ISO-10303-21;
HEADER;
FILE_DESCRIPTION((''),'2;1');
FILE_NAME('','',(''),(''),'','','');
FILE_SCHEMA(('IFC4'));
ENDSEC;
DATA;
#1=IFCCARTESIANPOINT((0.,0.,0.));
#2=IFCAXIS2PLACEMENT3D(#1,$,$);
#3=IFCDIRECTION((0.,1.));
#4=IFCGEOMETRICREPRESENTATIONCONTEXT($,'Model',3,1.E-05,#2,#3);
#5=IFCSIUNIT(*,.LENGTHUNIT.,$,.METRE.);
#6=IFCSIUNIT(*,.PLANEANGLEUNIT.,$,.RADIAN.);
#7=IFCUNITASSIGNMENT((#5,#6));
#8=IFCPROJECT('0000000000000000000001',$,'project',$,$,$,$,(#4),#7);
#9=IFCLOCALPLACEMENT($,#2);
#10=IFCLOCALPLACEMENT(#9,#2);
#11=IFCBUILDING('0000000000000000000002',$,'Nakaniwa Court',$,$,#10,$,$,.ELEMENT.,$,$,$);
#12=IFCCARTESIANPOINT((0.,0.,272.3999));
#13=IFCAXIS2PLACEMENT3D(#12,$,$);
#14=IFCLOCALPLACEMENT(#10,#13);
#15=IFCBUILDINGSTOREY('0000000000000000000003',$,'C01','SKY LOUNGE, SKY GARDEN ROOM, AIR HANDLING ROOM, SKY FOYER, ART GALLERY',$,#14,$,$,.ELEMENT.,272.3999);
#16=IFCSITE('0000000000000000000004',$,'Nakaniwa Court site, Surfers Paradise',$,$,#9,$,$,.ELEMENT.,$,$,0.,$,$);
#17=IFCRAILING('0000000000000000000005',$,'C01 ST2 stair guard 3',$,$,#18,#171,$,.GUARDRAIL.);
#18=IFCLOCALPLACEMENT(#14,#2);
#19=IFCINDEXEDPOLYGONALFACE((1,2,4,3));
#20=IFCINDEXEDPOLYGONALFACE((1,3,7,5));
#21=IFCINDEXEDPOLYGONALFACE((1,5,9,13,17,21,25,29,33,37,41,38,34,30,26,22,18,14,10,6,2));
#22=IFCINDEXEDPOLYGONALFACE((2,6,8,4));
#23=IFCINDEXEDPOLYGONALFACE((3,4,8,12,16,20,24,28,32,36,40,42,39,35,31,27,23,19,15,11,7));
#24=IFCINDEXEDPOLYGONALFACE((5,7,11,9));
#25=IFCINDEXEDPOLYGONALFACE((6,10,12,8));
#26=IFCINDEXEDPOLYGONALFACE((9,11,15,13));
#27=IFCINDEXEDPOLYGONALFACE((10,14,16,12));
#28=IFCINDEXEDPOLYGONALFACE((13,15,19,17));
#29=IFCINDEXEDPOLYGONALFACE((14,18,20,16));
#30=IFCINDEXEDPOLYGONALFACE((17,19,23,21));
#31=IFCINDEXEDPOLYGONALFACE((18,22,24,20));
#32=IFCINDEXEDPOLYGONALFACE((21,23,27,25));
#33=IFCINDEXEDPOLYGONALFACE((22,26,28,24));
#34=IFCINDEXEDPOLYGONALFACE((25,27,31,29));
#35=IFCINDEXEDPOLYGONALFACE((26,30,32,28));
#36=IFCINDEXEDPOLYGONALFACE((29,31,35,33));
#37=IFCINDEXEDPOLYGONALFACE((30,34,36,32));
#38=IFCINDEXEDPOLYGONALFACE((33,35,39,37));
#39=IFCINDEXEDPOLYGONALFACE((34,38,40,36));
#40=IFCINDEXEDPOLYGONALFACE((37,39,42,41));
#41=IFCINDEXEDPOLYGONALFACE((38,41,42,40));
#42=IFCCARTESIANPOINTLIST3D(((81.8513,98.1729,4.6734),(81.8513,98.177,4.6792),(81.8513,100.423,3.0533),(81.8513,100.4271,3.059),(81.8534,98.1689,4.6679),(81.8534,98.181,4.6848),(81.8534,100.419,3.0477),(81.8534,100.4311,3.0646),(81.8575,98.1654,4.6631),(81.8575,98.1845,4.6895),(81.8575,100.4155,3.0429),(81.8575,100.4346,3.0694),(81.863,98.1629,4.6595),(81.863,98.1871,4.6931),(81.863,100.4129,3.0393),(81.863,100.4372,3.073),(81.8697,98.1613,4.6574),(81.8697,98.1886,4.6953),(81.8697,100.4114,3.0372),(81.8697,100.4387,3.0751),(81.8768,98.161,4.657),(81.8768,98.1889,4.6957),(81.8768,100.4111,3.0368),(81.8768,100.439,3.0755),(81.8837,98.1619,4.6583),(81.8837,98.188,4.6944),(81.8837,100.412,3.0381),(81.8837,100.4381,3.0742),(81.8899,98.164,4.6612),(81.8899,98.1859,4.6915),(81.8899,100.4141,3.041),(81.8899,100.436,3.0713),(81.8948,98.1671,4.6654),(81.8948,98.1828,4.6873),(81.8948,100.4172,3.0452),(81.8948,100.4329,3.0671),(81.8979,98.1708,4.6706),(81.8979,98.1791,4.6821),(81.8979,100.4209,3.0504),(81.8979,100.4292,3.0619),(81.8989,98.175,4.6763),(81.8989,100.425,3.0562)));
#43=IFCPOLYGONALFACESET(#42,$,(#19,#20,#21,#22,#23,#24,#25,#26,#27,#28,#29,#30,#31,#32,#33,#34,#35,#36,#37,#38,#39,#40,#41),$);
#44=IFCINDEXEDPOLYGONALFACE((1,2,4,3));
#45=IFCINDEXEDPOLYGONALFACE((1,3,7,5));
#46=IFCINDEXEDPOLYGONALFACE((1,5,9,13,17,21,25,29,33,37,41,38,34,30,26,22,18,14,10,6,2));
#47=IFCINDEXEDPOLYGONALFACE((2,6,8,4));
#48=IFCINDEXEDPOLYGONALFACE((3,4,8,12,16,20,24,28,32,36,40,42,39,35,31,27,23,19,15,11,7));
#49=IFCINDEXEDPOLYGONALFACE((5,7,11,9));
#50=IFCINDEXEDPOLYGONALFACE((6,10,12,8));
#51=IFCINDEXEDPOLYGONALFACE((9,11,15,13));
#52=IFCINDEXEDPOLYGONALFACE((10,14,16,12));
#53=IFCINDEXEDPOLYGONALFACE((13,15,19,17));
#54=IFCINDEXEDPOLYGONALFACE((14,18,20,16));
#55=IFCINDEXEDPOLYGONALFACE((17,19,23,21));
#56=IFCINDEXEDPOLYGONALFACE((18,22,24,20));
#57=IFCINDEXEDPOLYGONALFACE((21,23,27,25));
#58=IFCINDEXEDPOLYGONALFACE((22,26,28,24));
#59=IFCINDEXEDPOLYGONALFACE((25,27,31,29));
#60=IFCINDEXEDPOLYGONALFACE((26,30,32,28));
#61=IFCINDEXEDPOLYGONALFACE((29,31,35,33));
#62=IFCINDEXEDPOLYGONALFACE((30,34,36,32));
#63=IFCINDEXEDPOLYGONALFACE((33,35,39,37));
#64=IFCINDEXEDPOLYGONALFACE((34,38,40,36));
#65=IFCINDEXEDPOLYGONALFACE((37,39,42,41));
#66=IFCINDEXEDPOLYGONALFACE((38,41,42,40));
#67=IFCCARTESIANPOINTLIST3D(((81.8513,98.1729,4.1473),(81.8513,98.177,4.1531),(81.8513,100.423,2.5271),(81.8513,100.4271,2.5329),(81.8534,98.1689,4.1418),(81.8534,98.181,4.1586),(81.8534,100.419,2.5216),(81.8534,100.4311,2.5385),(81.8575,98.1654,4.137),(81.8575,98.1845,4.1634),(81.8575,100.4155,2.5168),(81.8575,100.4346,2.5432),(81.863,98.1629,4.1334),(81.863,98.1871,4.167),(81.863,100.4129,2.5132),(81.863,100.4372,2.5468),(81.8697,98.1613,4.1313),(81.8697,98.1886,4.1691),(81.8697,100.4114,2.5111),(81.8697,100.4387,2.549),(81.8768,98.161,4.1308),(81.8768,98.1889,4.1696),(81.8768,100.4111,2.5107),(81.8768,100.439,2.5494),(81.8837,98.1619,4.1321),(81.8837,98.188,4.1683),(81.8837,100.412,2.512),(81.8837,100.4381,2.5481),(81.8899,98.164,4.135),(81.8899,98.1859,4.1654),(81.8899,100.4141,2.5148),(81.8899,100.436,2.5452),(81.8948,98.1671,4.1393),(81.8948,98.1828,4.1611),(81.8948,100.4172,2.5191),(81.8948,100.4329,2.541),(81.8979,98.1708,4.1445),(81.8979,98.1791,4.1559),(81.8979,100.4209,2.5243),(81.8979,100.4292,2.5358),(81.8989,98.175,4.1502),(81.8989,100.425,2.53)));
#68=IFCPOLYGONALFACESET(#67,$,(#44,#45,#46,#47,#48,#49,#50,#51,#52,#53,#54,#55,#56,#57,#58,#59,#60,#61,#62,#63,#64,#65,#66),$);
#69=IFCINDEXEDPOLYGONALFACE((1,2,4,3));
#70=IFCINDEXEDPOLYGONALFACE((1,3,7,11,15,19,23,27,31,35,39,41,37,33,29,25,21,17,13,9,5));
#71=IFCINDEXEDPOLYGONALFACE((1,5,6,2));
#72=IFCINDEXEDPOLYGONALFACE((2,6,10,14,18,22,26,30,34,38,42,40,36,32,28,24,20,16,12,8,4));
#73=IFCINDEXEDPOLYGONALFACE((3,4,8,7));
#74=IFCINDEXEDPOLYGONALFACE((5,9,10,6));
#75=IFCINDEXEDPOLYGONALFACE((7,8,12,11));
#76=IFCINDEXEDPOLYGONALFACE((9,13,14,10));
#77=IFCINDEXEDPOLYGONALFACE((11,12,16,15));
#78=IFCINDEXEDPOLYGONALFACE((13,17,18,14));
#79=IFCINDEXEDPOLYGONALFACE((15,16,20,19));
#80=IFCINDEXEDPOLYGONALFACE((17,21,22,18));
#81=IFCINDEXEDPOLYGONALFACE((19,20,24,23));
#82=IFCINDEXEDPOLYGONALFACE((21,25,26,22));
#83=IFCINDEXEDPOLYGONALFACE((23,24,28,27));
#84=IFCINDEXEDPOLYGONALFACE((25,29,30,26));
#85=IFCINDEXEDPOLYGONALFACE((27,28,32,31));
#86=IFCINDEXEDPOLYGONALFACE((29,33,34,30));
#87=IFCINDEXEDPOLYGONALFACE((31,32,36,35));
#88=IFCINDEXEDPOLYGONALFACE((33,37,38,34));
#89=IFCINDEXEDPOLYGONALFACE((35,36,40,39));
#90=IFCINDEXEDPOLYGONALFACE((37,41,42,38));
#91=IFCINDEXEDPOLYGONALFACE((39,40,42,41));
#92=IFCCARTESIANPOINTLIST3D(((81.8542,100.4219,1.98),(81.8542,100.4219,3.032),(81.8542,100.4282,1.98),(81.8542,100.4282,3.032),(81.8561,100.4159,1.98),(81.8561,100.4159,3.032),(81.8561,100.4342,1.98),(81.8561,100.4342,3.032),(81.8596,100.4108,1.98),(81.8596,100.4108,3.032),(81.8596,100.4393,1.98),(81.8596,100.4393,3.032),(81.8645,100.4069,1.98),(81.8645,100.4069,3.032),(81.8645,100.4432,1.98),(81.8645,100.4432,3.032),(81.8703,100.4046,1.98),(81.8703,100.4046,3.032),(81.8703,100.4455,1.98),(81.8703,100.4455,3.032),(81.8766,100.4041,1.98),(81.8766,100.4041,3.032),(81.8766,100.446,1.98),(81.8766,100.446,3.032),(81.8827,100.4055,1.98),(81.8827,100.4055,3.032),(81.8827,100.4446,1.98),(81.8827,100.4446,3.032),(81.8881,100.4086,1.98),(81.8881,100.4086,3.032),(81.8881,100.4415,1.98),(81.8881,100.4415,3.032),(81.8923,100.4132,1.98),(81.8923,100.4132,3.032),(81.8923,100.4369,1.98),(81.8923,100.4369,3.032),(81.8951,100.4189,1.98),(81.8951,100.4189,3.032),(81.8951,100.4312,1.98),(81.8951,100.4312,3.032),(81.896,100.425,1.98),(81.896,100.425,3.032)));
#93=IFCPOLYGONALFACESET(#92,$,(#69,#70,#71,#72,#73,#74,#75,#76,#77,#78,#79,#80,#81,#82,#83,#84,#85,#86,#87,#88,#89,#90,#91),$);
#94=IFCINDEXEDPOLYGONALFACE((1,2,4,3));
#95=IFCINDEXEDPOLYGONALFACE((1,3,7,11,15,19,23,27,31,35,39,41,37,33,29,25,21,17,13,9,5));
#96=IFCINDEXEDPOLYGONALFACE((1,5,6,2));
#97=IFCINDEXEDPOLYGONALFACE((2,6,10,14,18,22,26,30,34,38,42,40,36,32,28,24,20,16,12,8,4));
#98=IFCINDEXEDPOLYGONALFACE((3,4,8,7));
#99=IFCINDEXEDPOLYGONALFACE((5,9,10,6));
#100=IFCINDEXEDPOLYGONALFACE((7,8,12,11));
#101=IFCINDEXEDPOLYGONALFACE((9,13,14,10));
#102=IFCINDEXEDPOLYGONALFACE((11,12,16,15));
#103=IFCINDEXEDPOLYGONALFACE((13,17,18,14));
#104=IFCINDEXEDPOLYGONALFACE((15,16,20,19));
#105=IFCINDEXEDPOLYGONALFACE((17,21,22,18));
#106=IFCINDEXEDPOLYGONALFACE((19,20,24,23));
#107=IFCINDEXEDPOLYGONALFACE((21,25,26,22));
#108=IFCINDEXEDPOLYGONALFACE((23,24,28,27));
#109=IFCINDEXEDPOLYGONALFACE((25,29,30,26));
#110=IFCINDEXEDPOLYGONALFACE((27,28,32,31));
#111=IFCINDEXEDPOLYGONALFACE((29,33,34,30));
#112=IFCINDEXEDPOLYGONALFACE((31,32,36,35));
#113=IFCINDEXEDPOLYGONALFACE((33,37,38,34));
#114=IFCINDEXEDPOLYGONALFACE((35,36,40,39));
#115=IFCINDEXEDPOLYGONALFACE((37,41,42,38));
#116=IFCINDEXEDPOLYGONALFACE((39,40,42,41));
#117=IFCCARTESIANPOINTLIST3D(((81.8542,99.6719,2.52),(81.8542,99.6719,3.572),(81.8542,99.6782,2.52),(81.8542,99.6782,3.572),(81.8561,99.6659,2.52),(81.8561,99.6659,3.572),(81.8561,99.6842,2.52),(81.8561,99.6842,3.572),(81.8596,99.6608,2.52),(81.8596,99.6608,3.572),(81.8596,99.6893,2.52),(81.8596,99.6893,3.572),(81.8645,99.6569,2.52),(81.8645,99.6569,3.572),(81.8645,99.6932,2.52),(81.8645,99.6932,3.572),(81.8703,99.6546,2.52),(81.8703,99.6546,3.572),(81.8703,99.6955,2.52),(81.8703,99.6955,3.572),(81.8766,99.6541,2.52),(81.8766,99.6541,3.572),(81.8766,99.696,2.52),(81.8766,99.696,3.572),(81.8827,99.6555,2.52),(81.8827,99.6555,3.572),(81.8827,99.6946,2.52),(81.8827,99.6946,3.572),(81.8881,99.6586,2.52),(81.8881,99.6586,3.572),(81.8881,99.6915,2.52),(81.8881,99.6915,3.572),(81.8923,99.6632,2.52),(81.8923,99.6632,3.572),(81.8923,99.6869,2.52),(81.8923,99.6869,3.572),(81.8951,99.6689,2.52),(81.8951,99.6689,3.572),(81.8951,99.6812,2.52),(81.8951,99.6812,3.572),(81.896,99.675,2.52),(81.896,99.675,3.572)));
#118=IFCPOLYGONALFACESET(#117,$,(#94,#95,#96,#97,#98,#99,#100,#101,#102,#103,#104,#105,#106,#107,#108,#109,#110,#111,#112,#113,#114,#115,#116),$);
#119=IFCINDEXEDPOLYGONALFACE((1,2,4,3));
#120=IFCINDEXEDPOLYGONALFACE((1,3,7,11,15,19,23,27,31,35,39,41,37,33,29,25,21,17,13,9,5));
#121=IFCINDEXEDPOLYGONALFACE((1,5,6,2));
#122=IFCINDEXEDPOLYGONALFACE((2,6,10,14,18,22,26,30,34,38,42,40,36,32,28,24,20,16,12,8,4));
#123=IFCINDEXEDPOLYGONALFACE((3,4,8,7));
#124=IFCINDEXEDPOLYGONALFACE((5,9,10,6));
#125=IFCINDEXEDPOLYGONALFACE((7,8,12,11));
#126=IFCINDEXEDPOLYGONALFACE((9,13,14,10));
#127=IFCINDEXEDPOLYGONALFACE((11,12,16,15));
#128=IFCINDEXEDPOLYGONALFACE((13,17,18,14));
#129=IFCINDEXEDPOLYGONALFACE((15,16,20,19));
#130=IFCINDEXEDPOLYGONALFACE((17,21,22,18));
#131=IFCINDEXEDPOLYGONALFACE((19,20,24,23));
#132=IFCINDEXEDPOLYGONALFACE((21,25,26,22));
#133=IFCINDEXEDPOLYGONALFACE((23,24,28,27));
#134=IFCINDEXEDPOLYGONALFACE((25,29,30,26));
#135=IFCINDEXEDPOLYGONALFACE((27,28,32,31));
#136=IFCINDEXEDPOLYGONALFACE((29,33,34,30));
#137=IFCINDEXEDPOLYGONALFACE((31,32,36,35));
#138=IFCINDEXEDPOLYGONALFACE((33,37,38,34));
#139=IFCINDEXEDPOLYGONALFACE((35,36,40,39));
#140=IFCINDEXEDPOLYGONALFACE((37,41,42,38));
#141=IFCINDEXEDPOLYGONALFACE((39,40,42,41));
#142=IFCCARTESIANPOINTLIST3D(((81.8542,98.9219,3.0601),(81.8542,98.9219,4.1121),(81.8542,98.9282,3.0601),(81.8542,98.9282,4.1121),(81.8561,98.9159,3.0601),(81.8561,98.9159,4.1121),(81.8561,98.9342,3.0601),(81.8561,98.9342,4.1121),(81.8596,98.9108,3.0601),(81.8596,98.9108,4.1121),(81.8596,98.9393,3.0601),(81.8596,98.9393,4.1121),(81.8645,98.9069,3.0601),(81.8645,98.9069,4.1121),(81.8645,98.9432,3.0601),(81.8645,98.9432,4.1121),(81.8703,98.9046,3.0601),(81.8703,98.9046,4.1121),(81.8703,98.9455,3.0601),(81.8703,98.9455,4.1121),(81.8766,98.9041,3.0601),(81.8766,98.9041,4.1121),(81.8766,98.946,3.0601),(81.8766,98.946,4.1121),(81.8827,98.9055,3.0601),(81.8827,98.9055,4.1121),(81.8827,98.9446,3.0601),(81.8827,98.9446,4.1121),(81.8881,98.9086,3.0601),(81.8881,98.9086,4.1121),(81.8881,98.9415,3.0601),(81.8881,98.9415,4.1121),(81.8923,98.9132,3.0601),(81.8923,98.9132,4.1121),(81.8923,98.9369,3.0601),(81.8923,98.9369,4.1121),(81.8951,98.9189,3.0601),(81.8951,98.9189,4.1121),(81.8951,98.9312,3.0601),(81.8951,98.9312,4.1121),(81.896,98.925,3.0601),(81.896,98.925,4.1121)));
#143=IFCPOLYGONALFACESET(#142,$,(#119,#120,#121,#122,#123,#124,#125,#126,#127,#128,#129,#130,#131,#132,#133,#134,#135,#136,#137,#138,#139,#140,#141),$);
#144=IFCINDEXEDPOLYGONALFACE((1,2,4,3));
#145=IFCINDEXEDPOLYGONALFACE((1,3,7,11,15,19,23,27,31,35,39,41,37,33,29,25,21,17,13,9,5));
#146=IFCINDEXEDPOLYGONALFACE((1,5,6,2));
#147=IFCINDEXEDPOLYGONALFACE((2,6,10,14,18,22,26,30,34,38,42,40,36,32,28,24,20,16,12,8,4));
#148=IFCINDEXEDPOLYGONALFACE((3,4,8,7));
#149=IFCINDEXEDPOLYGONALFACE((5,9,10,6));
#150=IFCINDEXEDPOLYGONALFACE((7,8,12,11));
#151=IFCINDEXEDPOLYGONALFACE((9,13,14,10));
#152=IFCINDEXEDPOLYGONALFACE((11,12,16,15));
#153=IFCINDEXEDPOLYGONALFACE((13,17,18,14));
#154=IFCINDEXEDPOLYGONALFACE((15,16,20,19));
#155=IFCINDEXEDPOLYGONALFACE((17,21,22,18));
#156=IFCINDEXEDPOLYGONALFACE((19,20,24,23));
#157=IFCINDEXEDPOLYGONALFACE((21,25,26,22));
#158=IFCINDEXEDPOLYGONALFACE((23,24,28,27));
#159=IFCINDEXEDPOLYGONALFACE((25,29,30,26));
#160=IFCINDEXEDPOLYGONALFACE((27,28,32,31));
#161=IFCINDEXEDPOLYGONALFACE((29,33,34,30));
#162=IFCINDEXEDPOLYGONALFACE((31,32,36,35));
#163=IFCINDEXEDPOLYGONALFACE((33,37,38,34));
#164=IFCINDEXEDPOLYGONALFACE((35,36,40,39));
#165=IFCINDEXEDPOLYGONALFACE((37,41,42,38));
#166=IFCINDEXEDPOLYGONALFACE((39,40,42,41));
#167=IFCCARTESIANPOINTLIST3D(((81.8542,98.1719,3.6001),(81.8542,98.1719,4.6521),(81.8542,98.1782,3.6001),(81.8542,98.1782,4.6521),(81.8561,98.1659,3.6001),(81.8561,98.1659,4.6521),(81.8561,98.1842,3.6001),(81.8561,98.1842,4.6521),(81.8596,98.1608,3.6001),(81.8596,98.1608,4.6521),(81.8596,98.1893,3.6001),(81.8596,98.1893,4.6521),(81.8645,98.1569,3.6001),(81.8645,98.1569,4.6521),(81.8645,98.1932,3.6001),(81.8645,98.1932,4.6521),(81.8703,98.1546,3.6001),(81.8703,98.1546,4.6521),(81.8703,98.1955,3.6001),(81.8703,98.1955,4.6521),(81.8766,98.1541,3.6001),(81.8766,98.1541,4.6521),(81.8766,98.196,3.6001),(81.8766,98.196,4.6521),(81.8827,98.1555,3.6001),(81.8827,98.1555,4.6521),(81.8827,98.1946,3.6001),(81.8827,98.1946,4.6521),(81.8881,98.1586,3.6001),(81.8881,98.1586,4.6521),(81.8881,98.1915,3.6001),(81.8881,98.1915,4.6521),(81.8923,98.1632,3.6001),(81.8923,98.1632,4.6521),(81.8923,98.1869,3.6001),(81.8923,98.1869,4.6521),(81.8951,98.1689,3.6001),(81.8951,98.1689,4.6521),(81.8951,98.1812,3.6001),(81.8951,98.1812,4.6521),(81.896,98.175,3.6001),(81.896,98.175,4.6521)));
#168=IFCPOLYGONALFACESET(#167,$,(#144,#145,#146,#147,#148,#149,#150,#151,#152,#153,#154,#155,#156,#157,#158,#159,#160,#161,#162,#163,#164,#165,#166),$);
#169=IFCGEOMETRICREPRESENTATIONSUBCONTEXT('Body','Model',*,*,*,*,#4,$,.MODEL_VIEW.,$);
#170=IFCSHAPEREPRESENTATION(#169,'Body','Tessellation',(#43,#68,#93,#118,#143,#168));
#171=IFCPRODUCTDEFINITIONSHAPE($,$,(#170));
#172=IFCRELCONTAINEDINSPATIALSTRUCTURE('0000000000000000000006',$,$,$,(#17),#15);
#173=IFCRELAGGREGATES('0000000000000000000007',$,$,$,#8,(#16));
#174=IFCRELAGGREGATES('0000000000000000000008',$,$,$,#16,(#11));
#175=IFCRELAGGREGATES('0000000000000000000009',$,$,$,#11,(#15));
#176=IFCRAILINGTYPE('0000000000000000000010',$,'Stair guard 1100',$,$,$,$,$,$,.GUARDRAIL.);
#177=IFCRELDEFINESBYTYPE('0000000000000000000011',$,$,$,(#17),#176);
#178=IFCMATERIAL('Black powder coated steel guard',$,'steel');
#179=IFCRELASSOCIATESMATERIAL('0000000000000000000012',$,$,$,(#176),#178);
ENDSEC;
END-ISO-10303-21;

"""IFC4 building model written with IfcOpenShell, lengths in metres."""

from ifc_helpers import new_model, si_unit, direction, frame, origin, origin_2d, place, context, subcontext, project, spatial, circle, extrude, material, type_object, element, save


model = new_model("IFC4")

# Units and contexts
model_context = context("Model", 3, precision=1e-05, world=origin(), true_north=direction((0.0, 1.0)))
body_context = subcontext(model_context, "Body", "Model", "MODEL_VIEW")
ifc_project = project(units=[si_unit("LENGTHUNIT", "METRE"), si_unit("PLANEANGLEUNIT", "RADIAN")], contexts=[model_context])

# Site, building, storey
site_placement = place(None, origin())
site = spatial("IfcSite", under=ifc_project, at=site_placement, Name="Nakaniwa Court site, Surfers Paradise", CompositionType="ELEMENT", RefElevation=0.0)
building_placement = place(site_placement, origin())
building = spatial("IfcBuilding", under=site, at=building_placement, Name="Nakaniwa Court", CompositionType="ELEMENT")
storey_placement = place(building_placement, frame((0.0, 0.0, 272.3999)))
storey = spatial("IfcBuildingStorey", under=building, at=storey_placement, Name="C01", Description="SKY LOUNGE, SKY GARDEN ROOM, AIR HANDLING ROOM, SKY FOYER, ART GALLERY", CompositionType="ELEMENT", Elevation=272.3999)

# Railing
ifc_material_1 = material(Name="Black powder coated steel guard", Category="steel")
railing_type_1 = type_object("IfcRailingType", Name="Stair guard 1100", PredefinedType="GUARDRAIL", material=ifc_material_1)
railing_1_placement = place(storey_placement, frame((81.875, 100.425, 1.98)))
element("IfcRailing", 1, at=railing_1_placement, inside=storey, type_object=railing_type_1, Name="C01 ST2 stair guard 3", PredefinedType="GUARDRAIL", context=body_context, shape_type="SweptSolid", body=[
    extrude(circle(Radius=0.0239, at=origin_2d()), frame((0.0, 0.0, 1.0762), z_axis=(0.0, -0.811514, 0.584333), x_axis=(1.0, 0.0, 0.0)), (0.0, 0.0, 1.0), 2.7727),
    extrude(circle(Radius=0.0239, at=origin_2d()), frame((0.0, 0.0, 0.55), z_axis=(0.0, -0.811514, 0.584333), x_axis=(1.0, 0.0, 0.0)), (0.0, 0.0, 1.0), 2.7727),
    extrude(circle(Radius=0.021, at=origin_2d()), origin(), (0.0, 0.0, 1.0), 1.052),
    extrude(circle(Radius=0.021, at=origin_2d()), frame((0.0, -0.75, 0.54)), (0.0, 0.0, 1.0), 1.052),
    extrude(circle(Radius=0.021, at=origin_2d()), frame((0.0, -1.5, 1.0801)), (0.0, 0.0, 1.0), 1.052),
    extrude(circle(Radius=0.021, at=origin_2d()), frame((0.0, -2.25, 1.6201)), (0.0, 0.0, 1.0), 1.052),
])

save(model, "model.ifc")
